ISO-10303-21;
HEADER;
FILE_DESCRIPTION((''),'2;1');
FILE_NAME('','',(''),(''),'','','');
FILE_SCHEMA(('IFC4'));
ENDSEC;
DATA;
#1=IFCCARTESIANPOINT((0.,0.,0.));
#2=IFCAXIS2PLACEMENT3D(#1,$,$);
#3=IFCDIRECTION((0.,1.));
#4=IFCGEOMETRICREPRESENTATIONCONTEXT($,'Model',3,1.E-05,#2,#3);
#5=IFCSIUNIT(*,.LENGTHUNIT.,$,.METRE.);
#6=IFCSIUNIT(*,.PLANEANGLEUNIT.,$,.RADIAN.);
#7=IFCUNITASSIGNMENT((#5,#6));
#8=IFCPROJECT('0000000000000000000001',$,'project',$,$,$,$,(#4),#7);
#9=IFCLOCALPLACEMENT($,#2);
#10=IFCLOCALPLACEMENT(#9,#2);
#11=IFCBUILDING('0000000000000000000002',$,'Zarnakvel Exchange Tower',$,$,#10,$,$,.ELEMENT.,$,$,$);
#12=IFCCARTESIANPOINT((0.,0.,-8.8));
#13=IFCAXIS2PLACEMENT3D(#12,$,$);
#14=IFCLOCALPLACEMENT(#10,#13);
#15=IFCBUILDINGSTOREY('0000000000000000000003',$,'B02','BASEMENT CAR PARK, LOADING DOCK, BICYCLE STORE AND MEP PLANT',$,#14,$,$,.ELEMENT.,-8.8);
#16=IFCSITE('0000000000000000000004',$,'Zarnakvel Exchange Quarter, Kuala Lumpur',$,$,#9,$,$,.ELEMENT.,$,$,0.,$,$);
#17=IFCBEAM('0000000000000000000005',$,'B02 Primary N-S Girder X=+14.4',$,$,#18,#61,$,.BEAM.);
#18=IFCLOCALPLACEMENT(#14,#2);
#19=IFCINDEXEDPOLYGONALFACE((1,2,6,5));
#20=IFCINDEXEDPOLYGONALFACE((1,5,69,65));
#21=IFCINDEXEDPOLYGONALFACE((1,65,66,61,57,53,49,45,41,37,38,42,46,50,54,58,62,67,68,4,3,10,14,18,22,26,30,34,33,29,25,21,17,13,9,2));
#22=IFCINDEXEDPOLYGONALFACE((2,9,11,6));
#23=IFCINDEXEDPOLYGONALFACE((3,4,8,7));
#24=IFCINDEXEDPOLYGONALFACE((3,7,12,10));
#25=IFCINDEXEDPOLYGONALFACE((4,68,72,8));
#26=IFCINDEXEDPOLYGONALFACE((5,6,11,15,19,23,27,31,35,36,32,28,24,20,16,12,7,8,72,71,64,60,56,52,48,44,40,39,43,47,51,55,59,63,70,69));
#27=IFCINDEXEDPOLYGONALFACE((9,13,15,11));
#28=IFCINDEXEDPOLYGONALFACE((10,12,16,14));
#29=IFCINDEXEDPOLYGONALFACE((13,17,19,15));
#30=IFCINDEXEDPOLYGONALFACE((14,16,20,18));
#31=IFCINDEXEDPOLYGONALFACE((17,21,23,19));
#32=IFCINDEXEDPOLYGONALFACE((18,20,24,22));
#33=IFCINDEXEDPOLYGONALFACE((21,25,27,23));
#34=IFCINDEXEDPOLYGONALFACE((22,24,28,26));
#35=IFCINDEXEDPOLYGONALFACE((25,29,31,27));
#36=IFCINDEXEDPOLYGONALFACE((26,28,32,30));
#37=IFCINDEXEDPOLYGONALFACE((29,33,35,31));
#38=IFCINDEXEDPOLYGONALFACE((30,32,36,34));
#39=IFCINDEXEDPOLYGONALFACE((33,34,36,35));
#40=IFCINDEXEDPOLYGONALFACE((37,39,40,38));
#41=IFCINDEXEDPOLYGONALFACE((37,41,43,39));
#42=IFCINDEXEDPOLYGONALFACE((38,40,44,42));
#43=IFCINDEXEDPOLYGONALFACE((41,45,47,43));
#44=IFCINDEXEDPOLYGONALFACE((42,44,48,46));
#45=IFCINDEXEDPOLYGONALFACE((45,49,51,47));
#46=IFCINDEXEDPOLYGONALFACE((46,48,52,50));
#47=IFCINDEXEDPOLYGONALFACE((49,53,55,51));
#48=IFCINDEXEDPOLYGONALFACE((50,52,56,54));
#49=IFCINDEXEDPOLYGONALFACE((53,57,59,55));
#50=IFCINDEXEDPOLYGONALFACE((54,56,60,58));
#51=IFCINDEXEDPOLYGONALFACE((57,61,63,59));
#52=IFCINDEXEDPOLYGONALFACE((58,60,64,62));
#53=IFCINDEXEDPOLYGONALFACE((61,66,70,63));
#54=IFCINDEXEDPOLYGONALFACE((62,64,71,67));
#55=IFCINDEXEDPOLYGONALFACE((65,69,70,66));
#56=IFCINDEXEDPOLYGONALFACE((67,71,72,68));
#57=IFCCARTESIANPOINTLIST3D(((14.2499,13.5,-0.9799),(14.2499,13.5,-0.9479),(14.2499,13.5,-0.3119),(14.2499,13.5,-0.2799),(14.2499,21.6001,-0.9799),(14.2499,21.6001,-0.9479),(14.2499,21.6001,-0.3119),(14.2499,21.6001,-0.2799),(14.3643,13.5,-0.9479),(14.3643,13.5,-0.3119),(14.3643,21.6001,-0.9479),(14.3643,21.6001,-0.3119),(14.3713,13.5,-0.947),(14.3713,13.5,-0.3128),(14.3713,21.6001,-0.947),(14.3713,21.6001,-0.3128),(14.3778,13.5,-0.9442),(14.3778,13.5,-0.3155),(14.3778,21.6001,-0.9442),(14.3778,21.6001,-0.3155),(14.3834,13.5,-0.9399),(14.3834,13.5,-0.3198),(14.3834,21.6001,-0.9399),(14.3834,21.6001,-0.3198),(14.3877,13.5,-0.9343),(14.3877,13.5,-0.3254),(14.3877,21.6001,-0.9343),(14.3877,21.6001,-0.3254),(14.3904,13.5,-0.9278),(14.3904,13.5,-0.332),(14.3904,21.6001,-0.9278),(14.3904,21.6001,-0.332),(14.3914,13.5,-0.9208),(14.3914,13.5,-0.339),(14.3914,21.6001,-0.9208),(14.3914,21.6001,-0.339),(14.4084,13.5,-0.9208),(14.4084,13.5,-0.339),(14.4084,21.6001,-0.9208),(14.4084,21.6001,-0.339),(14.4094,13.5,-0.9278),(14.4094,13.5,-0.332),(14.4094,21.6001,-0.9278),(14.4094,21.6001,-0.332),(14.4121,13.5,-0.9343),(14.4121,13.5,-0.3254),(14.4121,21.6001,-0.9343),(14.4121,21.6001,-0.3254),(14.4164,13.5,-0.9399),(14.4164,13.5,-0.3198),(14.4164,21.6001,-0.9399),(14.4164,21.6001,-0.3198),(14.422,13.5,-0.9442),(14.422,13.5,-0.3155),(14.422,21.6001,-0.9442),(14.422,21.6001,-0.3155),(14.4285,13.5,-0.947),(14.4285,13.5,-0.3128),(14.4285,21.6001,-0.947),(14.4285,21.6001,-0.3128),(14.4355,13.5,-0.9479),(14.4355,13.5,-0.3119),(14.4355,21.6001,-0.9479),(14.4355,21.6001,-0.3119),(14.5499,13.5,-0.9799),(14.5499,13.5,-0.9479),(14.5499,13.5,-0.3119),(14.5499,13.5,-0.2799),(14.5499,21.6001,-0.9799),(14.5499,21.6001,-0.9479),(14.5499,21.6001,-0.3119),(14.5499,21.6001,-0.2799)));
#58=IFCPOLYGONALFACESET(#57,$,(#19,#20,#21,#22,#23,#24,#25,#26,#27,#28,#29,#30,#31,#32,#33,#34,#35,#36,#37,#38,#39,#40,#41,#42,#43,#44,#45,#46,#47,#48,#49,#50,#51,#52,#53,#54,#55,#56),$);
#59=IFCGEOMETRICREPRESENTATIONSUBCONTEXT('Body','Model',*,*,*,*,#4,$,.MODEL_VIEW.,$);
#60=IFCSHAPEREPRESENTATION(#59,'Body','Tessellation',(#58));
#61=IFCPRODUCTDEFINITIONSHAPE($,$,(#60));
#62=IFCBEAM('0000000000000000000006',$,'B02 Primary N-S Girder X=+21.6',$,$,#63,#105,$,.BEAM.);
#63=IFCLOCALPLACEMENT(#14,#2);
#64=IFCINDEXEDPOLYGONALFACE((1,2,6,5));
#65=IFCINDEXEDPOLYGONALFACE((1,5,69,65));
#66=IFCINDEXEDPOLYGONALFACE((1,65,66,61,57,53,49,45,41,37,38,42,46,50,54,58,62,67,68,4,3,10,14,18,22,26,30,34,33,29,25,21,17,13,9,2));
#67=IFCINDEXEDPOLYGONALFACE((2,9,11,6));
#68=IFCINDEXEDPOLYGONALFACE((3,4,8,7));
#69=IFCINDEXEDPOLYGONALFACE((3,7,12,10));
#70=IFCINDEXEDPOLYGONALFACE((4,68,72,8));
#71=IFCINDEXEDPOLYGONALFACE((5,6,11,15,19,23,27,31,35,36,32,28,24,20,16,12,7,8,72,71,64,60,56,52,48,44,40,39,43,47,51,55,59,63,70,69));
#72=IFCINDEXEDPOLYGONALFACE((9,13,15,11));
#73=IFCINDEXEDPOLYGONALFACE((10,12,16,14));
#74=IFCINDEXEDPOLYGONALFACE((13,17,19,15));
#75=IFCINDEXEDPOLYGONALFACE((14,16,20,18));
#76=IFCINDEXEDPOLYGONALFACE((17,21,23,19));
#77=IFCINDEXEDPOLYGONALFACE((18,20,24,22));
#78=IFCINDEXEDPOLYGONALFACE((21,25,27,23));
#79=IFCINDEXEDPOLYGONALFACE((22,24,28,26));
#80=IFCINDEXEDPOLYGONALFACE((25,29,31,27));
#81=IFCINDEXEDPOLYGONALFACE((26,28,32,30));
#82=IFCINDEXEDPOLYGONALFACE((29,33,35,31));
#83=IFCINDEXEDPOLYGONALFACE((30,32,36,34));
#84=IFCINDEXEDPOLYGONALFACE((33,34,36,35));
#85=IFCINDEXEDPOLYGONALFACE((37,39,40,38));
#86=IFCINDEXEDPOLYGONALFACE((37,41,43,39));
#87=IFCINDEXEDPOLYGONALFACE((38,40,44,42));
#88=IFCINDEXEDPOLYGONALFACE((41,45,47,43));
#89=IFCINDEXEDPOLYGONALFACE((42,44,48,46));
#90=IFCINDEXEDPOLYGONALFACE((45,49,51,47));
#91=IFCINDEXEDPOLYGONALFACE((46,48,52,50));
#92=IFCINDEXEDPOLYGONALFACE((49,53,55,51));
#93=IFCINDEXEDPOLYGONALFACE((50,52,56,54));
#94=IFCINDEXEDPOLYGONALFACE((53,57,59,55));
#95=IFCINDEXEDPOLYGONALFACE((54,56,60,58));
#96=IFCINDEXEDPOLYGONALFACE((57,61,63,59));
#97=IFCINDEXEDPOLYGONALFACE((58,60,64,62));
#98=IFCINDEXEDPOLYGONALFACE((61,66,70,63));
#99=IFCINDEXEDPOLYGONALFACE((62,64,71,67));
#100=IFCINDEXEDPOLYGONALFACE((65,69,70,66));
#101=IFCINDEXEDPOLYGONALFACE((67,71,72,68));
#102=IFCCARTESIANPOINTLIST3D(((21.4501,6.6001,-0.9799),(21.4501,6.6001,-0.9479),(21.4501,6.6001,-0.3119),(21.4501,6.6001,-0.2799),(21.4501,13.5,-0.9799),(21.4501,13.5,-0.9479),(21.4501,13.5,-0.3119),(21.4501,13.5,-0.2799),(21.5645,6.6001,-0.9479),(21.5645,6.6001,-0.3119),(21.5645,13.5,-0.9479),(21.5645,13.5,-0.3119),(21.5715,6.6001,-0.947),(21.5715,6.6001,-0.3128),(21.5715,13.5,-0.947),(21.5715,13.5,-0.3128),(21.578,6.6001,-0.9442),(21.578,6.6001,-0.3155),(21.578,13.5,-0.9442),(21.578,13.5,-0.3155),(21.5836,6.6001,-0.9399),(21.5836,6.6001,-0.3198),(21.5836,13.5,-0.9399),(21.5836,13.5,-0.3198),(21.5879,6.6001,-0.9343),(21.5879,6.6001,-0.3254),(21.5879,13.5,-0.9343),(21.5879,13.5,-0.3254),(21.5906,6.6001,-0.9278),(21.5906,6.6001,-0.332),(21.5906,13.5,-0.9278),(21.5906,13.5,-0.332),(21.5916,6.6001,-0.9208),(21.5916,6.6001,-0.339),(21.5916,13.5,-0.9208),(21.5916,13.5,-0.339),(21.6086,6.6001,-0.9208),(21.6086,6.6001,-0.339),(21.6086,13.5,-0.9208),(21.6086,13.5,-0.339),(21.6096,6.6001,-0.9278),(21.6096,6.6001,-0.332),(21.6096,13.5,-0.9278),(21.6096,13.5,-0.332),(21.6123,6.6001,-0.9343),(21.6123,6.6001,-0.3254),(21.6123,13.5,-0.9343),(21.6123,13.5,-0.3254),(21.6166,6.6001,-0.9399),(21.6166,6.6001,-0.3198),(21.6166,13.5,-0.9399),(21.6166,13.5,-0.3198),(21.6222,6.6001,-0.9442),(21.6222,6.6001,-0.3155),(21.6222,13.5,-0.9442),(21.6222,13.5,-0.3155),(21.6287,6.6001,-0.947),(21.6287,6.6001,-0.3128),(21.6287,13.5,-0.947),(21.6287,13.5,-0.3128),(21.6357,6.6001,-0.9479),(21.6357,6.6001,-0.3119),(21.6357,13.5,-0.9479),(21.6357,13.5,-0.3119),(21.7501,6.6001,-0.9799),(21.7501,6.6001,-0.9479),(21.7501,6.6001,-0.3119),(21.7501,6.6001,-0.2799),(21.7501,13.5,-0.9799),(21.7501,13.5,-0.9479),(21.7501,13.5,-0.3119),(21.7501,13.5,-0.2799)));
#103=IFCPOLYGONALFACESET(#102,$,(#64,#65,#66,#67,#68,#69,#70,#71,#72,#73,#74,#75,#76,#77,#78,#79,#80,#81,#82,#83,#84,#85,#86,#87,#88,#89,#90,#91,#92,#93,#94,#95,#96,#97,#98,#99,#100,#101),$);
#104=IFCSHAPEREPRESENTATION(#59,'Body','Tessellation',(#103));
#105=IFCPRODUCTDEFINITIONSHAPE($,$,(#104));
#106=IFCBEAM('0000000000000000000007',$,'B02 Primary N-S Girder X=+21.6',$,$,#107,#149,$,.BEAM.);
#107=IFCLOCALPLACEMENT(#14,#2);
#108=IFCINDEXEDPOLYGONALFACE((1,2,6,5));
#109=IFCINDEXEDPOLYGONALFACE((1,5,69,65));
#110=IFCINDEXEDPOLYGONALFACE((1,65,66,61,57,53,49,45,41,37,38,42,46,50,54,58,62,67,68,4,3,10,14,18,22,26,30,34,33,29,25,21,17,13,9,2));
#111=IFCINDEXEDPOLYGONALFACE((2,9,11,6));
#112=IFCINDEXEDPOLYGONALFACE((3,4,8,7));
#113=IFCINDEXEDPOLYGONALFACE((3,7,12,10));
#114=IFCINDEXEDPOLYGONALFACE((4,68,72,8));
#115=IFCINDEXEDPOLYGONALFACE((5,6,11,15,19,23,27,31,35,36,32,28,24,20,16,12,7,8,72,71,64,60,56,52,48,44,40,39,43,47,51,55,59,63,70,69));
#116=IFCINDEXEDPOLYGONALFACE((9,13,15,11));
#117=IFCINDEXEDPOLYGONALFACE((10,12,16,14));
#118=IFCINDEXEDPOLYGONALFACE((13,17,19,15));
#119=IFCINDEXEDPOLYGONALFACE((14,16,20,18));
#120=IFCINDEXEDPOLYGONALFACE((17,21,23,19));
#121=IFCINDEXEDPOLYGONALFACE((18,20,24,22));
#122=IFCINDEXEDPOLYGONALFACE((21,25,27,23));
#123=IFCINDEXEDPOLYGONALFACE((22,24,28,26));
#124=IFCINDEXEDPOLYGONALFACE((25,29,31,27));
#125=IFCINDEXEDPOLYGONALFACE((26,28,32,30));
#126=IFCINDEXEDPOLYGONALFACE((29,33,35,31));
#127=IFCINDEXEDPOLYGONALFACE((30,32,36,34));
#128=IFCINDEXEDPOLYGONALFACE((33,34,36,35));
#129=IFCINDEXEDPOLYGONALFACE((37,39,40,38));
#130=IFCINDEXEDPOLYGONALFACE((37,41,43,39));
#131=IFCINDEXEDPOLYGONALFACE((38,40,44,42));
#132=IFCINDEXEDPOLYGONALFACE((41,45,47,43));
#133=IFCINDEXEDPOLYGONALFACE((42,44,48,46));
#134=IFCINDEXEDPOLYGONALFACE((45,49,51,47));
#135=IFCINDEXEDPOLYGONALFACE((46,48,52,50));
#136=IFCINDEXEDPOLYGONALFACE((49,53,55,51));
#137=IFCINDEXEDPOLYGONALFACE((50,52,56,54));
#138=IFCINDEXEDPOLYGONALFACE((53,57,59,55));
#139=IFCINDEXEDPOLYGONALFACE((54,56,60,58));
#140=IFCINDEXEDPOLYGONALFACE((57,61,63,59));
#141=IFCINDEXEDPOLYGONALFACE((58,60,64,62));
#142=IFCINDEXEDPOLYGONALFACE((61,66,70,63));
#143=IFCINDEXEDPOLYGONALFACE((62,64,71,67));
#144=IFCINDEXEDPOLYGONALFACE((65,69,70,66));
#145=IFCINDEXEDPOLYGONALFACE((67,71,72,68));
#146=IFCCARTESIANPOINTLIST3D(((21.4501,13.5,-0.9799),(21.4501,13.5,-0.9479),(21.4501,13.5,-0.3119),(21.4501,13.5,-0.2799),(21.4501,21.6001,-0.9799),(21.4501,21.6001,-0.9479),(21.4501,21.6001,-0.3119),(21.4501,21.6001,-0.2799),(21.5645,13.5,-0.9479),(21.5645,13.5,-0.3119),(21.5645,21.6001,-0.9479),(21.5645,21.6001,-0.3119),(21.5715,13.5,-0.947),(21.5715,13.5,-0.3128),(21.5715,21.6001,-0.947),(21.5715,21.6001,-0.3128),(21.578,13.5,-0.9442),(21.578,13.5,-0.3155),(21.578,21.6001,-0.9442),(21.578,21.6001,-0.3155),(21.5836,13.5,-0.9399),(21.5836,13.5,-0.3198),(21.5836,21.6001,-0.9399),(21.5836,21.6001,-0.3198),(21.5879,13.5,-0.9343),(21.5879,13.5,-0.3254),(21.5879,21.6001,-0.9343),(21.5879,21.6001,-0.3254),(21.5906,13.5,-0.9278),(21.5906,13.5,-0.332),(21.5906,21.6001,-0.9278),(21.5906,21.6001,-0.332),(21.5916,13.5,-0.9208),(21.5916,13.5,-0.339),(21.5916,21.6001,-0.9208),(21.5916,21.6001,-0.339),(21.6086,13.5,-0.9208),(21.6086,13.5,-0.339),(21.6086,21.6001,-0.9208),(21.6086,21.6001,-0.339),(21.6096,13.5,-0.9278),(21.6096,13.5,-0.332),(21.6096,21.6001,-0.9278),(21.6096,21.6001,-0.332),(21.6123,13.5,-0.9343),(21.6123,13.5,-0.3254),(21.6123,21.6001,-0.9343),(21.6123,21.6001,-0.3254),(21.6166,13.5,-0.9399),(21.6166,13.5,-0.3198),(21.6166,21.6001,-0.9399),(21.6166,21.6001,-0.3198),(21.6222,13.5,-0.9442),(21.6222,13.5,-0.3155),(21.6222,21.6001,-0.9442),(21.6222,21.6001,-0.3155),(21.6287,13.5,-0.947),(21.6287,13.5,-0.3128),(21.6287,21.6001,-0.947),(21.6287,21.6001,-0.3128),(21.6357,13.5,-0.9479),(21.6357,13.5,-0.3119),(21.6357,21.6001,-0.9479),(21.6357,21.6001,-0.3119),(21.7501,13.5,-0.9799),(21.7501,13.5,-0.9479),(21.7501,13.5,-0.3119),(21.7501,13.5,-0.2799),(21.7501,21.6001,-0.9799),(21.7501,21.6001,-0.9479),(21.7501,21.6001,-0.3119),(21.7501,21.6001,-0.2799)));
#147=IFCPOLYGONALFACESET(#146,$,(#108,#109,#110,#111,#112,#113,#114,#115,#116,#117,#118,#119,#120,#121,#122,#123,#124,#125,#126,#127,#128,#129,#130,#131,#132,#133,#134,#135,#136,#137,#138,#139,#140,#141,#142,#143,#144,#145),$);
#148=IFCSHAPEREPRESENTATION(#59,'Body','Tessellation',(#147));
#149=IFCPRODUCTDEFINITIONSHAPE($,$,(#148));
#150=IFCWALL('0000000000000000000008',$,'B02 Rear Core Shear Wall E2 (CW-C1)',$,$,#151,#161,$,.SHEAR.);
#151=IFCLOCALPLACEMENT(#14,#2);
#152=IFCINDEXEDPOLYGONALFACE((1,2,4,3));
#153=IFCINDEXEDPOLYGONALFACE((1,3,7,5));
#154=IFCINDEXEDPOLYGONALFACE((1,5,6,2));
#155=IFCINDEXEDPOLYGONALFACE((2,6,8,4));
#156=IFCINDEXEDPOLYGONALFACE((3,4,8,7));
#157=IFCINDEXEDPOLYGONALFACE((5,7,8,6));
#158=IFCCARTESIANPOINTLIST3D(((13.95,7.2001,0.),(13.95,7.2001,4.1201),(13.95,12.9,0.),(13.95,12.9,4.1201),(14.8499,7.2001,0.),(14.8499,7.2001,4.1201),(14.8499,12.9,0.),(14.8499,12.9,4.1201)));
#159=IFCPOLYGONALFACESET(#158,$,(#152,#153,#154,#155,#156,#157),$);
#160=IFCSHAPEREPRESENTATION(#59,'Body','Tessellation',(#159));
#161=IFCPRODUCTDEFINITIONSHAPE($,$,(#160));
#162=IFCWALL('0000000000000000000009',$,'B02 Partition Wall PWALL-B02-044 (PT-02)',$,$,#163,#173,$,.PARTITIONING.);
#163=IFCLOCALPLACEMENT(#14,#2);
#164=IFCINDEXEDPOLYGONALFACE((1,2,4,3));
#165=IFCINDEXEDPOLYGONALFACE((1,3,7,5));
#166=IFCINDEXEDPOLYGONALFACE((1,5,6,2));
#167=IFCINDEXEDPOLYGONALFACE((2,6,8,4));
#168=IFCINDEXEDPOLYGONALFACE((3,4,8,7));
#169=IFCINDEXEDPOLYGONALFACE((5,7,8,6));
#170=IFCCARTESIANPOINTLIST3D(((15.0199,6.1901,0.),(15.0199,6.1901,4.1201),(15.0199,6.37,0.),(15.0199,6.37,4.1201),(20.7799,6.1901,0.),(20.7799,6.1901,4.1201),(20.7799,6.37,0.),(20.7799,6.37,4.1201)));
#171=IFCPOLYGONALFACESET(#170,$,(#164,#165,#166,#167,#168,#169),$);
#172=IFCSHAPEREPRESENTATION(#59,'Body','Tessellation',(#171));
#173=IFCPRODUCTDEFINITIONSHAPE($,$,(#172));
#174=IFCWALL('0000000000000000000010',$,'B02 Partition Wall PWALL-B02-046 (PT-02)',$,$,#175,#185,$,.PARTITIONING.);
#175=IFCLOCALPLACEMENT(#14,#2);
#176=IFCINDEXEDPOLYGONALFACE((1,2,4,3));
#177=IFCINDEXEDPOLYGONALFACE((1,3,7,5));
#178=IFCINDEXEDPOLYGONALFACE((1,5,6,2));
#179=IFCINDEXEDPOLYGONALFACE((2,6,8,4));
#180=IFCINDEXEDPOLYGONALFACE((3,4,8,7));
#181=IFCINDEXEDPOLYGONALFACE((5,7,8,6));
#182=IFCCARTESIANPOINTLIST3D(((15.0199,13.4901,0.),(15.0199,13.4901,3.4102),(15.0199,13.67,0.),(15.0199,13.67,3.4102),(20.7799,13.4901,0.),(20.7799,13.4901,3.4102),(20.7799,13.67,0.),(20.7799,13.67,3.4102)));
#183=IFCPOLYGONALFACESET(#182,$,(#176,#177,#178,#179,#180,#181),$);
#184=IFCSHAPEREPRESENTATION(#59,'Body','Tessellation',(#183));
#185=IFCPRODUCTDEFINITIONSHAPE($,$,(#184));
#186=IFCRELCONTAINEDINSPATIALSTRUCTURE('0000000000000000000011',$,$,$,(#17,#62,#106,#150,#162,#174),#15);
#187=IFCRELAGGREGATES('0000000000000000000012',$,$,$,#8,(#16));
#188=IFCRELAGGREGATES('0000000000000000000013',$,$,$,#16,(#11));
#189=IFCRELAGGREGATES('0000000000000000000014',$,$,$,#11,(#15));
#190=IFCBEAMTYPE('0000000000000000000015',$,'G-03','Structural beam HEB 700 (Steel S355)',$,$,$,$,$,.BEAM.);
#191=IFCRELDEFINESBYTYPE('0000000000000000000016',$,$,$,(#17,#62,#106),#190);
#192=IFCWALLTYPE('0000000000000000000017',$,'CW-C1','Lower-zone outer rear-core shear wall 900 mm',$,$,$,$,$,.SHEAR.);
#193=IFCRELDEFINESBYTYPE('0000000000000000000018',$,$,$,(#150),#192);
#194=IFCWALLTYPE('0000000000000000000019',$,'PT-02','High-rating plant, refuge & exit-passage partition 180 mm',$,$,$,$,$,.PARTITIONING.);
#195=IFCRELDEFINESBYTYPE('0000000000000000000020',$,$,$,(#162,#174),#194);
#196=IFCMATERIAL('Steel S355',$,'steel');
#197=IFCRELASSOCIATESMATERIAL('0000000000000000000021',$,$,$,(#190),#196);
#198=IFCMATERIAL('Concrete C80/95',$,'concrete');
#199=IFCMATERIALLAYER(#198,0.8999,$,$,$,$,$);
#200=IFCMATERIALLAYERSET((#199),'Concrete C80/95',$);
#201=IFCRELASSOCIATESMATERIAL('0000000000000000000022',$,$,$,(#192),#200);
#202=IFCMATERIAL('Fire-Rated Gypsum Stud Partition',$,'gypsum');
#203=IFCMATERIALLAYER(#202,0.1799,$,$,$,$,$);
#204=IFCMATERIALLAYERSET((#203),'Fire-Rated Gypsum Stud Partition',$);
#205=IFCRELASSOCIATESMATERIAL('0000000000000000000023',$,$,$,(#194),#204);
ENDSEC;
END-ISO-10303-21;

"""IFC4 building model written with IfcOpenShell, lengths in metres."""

from ifc_helpers import new_model, si_unit, direction, frame, frame_2d, origin, origin_2d, place, context, subcontext, project, spatial, rectangle, i_section, extrude, material, layer, layer_set, material_profile, profile_set, type_object, element, save


model = new_model("IFC4")

# Units and contexts
model_context = context("Model", 3, precision=1e-05, world=origin(), true_north=direction((0.0, 1.0)))
body_context = subcontext(model_context, "Body", "Model", "MODEL_VIEW")
ifc_project = project(units=[si_unit("LENGTHUNIT", "METRE"), si_unit("PLANEANGLEUNIT", "RADIAN")], contexts=[model_context])

# Site, building, storey
site_placement = place(None, origin())
site = spatial("IfcSite", under=ifc_project, at=site_placement, Name="Zarnakvel Exchange Quarter, Kuala Lumpur", CompositionType="ELEMENT", RefElevation=0.0)
building_placement = place(site_placement, origin())
building = spatial("IfcBuilding", under=site, at=building_placement, Name="Zarnakvel Exchange Tower", CompositionType="ELEMENT")
storey_placement = place(building_placement, frame((0.0, 0.0, -8.8)))
storey = spatial("IfcBuildingStorey", under=building, at=storey_placement, Name="B02", Description="BASEMENT CAR PARK, LOADING DOCK, BICYCLE STORE AND MEP PLANT", CompositionType="ELEMENT", Elevation=-8.8)

# Shared definitions
ifc_material_1 = material(Name="Concrete C80/95", Category="concrete")

# Beams
ifc_material_2 = material(Name="Steel S355", Category="steel")
ifc_material_profile_1 = material_profile(ifc_material_2, i_section(OverallWidth=0.3, OverallDepth=0.7, WebThickness=0.0171, FlangeThickness=0.032, FilletRadius=0.0271, at=origin_2d()))
ifc_profile_set_1 = profile_set([ifc_material_profile_1], Name="Steel S355")
beam_type_1 = type_object("IfcBeamType", Name="G-03", Description="Structural beam HEB 700 (Steel S355)", PredefinedType="BEAM", material=ifc_profile_set_1)
beam_1_placement = place(storey_placement, frame((14.3999, 13.5, -0.6299), z_axis=(0.0, 1.0, 0.0), x_axis=(-1.0, 0.0, 0.0)))
element("IfcBeam", 1, at=beam_1_placement, inside=storey, type_object=beam_type_1, Name="B02 Primary N-S Girder X=+14.4", PredefinedType="BEAM", context=body_context, shape_type="SweptSolid", body=[
    extrude(i_section(OverallWidth=0.3, OverallDepth=0.7, WebThickness=0.0171, FlangeThickness=0.032, FilletRadius=0.0271, at=origin_2d()), origin(), (0.0, 0.0, 1.0), 8.1001),
])
beam_2_placement = place(storey_placement, frame((21.6001, 6.6001, -0.6299), z_axis=(0.0, 1.0, 0.0), x_axis=(-1.0, 0.0, 0.0)))
element("IfcBeam", 2, at=beam_2_placement, inside=storey, type_object=beam_type_1, Name="B02 Primary N-S Girder X=+21.6", PredefinedType="BEAM", context=body_context, shape_type="SweptSolid", body=[
    extrude(i_section(OverallWidth=0.3, OverallDepth=0.7, WebThickness=0.0171, FlangeThickness=0.032, FilletRadius=0.0271, at=origin_2d()), origin(), (0.0, 0.0, 1.0), 6.8999),
])
beam_3_placement = place(storey_placement, frame((21.6001, 13.5, -0.6299), z_axis=(0.0, 1.0, 0.0), x_axis=(-1.0, 0.0, 0.0)))
element("IfcBeam", 3, at=beam_3_placement, inside=storey, type_object=beam_type_1, Name="B02 Primary N-S Girder X=+21.6", PredefinedType="BEAM", context=body_context, shape_type="SweptSolid", body=[
    extrude(i_section(OverallWidth=0.3, OverallDepth=0.7, WebThickness=0.0171, FlangeThickness=0.032, FilletRadius=0.0271, at=origin_2d()), origin(), (0.0, 0.0, 1.0), 8.1001),
])

# Walls
ifc_layer_1 = layer(ifc_material_1, 0.8999)
ifc_layer_set_1 = layer_set([ifc_layer_1], Name="Concrete C80/95")
wall_type_1 = type_object("IfcWallType", Name="CW-C1", Description="Lower-zone outer rear-core shear wall 900 mm", PredefinedType="SHEAR", material=ifc_layer_set_1)
wall_1_placement = place(storey_placement, frame((14.3999, 7.2, 0.0), z_axis=(0.0, 0.0, 1.0), x_axis=(0.0, 1.0, 0.0)))
element("IfcWall", 4, at=wall_1_placement, inside=storey, type_object=wall_type_1, Name="B02 Rear Core Shear Wall E2 (CW-C1)", PredefinedType="SHEAR", context=body_context, shape_type="SweptSolid", body=[
    extrude(rectangle(XDim=5.7, YDim=0.8999, at=frame_2d((2.8501, 0.0))), origin(), (0.0, 0.0, 1.0), 4.1201),
])
ifc_material_3 = material(Name="Fire-Rated Gypsum Stud Partition", Category="gypsum")
ifc_layer_2 = layer(ifc_material_3, 0.1799)
ifc_layer_set_2 = layer_set([ifc_layer_2], Name="Fire-Rated Gypsum Stud Partition")
wall_type_2 = type_object("IfcWallType", Name="PT-02", Description="High-rating plant, refuge & exit-passage partition 180 mm", PredefinedType="PARTITIONING", material=ifc_layer_set_2)
wall_2_placement = place(storey_placement, frame((15.02, 6.28, 0.0), z_axis=(0.0, 0.0, 1.0), x_axis=(1.0, 0.0, 0.0)))
element("IfcWall", 5, at=wall_2_placement, inside=storey, type_object=wall_type_2, Name="B02 Partition Wall PWALL-B02-044 (PT-02)", PredefinedType="PARTITIONING", context=body_context, shape_type="SweptSolid", body=[
    extrude(rectangle(XDim=5.76, YDim=0.1799, at=frame_2d((2.8799, 0.0))), origin(), (0.0, 0.0, 1.0), 4.1201),
])
wall_3_placement = place(storey_placement, frame((15.02, 13.5801, 0.0), z_axis=(0.0, 0.0, 1.0), x_axis=(1.0, 0.0, 0.0)))
element("IfcWall", 6, at=wall_3_placement, inside=storey, type_object=wall_type_2, Name="B02 Partition Wall PWALL-B02-046 (PT-02)", PredefinedType="PARTITIONING", context=body_context, shape_type="SweptSolid", body=[
    extrude(rectangle(XDim=5.76, YDim=0.1799, at=frame_2d((2.8799, 0.0))), origin(), (0.0, 0.0, 1.0), 3.4102),
])

save(model, "model.ifc")
